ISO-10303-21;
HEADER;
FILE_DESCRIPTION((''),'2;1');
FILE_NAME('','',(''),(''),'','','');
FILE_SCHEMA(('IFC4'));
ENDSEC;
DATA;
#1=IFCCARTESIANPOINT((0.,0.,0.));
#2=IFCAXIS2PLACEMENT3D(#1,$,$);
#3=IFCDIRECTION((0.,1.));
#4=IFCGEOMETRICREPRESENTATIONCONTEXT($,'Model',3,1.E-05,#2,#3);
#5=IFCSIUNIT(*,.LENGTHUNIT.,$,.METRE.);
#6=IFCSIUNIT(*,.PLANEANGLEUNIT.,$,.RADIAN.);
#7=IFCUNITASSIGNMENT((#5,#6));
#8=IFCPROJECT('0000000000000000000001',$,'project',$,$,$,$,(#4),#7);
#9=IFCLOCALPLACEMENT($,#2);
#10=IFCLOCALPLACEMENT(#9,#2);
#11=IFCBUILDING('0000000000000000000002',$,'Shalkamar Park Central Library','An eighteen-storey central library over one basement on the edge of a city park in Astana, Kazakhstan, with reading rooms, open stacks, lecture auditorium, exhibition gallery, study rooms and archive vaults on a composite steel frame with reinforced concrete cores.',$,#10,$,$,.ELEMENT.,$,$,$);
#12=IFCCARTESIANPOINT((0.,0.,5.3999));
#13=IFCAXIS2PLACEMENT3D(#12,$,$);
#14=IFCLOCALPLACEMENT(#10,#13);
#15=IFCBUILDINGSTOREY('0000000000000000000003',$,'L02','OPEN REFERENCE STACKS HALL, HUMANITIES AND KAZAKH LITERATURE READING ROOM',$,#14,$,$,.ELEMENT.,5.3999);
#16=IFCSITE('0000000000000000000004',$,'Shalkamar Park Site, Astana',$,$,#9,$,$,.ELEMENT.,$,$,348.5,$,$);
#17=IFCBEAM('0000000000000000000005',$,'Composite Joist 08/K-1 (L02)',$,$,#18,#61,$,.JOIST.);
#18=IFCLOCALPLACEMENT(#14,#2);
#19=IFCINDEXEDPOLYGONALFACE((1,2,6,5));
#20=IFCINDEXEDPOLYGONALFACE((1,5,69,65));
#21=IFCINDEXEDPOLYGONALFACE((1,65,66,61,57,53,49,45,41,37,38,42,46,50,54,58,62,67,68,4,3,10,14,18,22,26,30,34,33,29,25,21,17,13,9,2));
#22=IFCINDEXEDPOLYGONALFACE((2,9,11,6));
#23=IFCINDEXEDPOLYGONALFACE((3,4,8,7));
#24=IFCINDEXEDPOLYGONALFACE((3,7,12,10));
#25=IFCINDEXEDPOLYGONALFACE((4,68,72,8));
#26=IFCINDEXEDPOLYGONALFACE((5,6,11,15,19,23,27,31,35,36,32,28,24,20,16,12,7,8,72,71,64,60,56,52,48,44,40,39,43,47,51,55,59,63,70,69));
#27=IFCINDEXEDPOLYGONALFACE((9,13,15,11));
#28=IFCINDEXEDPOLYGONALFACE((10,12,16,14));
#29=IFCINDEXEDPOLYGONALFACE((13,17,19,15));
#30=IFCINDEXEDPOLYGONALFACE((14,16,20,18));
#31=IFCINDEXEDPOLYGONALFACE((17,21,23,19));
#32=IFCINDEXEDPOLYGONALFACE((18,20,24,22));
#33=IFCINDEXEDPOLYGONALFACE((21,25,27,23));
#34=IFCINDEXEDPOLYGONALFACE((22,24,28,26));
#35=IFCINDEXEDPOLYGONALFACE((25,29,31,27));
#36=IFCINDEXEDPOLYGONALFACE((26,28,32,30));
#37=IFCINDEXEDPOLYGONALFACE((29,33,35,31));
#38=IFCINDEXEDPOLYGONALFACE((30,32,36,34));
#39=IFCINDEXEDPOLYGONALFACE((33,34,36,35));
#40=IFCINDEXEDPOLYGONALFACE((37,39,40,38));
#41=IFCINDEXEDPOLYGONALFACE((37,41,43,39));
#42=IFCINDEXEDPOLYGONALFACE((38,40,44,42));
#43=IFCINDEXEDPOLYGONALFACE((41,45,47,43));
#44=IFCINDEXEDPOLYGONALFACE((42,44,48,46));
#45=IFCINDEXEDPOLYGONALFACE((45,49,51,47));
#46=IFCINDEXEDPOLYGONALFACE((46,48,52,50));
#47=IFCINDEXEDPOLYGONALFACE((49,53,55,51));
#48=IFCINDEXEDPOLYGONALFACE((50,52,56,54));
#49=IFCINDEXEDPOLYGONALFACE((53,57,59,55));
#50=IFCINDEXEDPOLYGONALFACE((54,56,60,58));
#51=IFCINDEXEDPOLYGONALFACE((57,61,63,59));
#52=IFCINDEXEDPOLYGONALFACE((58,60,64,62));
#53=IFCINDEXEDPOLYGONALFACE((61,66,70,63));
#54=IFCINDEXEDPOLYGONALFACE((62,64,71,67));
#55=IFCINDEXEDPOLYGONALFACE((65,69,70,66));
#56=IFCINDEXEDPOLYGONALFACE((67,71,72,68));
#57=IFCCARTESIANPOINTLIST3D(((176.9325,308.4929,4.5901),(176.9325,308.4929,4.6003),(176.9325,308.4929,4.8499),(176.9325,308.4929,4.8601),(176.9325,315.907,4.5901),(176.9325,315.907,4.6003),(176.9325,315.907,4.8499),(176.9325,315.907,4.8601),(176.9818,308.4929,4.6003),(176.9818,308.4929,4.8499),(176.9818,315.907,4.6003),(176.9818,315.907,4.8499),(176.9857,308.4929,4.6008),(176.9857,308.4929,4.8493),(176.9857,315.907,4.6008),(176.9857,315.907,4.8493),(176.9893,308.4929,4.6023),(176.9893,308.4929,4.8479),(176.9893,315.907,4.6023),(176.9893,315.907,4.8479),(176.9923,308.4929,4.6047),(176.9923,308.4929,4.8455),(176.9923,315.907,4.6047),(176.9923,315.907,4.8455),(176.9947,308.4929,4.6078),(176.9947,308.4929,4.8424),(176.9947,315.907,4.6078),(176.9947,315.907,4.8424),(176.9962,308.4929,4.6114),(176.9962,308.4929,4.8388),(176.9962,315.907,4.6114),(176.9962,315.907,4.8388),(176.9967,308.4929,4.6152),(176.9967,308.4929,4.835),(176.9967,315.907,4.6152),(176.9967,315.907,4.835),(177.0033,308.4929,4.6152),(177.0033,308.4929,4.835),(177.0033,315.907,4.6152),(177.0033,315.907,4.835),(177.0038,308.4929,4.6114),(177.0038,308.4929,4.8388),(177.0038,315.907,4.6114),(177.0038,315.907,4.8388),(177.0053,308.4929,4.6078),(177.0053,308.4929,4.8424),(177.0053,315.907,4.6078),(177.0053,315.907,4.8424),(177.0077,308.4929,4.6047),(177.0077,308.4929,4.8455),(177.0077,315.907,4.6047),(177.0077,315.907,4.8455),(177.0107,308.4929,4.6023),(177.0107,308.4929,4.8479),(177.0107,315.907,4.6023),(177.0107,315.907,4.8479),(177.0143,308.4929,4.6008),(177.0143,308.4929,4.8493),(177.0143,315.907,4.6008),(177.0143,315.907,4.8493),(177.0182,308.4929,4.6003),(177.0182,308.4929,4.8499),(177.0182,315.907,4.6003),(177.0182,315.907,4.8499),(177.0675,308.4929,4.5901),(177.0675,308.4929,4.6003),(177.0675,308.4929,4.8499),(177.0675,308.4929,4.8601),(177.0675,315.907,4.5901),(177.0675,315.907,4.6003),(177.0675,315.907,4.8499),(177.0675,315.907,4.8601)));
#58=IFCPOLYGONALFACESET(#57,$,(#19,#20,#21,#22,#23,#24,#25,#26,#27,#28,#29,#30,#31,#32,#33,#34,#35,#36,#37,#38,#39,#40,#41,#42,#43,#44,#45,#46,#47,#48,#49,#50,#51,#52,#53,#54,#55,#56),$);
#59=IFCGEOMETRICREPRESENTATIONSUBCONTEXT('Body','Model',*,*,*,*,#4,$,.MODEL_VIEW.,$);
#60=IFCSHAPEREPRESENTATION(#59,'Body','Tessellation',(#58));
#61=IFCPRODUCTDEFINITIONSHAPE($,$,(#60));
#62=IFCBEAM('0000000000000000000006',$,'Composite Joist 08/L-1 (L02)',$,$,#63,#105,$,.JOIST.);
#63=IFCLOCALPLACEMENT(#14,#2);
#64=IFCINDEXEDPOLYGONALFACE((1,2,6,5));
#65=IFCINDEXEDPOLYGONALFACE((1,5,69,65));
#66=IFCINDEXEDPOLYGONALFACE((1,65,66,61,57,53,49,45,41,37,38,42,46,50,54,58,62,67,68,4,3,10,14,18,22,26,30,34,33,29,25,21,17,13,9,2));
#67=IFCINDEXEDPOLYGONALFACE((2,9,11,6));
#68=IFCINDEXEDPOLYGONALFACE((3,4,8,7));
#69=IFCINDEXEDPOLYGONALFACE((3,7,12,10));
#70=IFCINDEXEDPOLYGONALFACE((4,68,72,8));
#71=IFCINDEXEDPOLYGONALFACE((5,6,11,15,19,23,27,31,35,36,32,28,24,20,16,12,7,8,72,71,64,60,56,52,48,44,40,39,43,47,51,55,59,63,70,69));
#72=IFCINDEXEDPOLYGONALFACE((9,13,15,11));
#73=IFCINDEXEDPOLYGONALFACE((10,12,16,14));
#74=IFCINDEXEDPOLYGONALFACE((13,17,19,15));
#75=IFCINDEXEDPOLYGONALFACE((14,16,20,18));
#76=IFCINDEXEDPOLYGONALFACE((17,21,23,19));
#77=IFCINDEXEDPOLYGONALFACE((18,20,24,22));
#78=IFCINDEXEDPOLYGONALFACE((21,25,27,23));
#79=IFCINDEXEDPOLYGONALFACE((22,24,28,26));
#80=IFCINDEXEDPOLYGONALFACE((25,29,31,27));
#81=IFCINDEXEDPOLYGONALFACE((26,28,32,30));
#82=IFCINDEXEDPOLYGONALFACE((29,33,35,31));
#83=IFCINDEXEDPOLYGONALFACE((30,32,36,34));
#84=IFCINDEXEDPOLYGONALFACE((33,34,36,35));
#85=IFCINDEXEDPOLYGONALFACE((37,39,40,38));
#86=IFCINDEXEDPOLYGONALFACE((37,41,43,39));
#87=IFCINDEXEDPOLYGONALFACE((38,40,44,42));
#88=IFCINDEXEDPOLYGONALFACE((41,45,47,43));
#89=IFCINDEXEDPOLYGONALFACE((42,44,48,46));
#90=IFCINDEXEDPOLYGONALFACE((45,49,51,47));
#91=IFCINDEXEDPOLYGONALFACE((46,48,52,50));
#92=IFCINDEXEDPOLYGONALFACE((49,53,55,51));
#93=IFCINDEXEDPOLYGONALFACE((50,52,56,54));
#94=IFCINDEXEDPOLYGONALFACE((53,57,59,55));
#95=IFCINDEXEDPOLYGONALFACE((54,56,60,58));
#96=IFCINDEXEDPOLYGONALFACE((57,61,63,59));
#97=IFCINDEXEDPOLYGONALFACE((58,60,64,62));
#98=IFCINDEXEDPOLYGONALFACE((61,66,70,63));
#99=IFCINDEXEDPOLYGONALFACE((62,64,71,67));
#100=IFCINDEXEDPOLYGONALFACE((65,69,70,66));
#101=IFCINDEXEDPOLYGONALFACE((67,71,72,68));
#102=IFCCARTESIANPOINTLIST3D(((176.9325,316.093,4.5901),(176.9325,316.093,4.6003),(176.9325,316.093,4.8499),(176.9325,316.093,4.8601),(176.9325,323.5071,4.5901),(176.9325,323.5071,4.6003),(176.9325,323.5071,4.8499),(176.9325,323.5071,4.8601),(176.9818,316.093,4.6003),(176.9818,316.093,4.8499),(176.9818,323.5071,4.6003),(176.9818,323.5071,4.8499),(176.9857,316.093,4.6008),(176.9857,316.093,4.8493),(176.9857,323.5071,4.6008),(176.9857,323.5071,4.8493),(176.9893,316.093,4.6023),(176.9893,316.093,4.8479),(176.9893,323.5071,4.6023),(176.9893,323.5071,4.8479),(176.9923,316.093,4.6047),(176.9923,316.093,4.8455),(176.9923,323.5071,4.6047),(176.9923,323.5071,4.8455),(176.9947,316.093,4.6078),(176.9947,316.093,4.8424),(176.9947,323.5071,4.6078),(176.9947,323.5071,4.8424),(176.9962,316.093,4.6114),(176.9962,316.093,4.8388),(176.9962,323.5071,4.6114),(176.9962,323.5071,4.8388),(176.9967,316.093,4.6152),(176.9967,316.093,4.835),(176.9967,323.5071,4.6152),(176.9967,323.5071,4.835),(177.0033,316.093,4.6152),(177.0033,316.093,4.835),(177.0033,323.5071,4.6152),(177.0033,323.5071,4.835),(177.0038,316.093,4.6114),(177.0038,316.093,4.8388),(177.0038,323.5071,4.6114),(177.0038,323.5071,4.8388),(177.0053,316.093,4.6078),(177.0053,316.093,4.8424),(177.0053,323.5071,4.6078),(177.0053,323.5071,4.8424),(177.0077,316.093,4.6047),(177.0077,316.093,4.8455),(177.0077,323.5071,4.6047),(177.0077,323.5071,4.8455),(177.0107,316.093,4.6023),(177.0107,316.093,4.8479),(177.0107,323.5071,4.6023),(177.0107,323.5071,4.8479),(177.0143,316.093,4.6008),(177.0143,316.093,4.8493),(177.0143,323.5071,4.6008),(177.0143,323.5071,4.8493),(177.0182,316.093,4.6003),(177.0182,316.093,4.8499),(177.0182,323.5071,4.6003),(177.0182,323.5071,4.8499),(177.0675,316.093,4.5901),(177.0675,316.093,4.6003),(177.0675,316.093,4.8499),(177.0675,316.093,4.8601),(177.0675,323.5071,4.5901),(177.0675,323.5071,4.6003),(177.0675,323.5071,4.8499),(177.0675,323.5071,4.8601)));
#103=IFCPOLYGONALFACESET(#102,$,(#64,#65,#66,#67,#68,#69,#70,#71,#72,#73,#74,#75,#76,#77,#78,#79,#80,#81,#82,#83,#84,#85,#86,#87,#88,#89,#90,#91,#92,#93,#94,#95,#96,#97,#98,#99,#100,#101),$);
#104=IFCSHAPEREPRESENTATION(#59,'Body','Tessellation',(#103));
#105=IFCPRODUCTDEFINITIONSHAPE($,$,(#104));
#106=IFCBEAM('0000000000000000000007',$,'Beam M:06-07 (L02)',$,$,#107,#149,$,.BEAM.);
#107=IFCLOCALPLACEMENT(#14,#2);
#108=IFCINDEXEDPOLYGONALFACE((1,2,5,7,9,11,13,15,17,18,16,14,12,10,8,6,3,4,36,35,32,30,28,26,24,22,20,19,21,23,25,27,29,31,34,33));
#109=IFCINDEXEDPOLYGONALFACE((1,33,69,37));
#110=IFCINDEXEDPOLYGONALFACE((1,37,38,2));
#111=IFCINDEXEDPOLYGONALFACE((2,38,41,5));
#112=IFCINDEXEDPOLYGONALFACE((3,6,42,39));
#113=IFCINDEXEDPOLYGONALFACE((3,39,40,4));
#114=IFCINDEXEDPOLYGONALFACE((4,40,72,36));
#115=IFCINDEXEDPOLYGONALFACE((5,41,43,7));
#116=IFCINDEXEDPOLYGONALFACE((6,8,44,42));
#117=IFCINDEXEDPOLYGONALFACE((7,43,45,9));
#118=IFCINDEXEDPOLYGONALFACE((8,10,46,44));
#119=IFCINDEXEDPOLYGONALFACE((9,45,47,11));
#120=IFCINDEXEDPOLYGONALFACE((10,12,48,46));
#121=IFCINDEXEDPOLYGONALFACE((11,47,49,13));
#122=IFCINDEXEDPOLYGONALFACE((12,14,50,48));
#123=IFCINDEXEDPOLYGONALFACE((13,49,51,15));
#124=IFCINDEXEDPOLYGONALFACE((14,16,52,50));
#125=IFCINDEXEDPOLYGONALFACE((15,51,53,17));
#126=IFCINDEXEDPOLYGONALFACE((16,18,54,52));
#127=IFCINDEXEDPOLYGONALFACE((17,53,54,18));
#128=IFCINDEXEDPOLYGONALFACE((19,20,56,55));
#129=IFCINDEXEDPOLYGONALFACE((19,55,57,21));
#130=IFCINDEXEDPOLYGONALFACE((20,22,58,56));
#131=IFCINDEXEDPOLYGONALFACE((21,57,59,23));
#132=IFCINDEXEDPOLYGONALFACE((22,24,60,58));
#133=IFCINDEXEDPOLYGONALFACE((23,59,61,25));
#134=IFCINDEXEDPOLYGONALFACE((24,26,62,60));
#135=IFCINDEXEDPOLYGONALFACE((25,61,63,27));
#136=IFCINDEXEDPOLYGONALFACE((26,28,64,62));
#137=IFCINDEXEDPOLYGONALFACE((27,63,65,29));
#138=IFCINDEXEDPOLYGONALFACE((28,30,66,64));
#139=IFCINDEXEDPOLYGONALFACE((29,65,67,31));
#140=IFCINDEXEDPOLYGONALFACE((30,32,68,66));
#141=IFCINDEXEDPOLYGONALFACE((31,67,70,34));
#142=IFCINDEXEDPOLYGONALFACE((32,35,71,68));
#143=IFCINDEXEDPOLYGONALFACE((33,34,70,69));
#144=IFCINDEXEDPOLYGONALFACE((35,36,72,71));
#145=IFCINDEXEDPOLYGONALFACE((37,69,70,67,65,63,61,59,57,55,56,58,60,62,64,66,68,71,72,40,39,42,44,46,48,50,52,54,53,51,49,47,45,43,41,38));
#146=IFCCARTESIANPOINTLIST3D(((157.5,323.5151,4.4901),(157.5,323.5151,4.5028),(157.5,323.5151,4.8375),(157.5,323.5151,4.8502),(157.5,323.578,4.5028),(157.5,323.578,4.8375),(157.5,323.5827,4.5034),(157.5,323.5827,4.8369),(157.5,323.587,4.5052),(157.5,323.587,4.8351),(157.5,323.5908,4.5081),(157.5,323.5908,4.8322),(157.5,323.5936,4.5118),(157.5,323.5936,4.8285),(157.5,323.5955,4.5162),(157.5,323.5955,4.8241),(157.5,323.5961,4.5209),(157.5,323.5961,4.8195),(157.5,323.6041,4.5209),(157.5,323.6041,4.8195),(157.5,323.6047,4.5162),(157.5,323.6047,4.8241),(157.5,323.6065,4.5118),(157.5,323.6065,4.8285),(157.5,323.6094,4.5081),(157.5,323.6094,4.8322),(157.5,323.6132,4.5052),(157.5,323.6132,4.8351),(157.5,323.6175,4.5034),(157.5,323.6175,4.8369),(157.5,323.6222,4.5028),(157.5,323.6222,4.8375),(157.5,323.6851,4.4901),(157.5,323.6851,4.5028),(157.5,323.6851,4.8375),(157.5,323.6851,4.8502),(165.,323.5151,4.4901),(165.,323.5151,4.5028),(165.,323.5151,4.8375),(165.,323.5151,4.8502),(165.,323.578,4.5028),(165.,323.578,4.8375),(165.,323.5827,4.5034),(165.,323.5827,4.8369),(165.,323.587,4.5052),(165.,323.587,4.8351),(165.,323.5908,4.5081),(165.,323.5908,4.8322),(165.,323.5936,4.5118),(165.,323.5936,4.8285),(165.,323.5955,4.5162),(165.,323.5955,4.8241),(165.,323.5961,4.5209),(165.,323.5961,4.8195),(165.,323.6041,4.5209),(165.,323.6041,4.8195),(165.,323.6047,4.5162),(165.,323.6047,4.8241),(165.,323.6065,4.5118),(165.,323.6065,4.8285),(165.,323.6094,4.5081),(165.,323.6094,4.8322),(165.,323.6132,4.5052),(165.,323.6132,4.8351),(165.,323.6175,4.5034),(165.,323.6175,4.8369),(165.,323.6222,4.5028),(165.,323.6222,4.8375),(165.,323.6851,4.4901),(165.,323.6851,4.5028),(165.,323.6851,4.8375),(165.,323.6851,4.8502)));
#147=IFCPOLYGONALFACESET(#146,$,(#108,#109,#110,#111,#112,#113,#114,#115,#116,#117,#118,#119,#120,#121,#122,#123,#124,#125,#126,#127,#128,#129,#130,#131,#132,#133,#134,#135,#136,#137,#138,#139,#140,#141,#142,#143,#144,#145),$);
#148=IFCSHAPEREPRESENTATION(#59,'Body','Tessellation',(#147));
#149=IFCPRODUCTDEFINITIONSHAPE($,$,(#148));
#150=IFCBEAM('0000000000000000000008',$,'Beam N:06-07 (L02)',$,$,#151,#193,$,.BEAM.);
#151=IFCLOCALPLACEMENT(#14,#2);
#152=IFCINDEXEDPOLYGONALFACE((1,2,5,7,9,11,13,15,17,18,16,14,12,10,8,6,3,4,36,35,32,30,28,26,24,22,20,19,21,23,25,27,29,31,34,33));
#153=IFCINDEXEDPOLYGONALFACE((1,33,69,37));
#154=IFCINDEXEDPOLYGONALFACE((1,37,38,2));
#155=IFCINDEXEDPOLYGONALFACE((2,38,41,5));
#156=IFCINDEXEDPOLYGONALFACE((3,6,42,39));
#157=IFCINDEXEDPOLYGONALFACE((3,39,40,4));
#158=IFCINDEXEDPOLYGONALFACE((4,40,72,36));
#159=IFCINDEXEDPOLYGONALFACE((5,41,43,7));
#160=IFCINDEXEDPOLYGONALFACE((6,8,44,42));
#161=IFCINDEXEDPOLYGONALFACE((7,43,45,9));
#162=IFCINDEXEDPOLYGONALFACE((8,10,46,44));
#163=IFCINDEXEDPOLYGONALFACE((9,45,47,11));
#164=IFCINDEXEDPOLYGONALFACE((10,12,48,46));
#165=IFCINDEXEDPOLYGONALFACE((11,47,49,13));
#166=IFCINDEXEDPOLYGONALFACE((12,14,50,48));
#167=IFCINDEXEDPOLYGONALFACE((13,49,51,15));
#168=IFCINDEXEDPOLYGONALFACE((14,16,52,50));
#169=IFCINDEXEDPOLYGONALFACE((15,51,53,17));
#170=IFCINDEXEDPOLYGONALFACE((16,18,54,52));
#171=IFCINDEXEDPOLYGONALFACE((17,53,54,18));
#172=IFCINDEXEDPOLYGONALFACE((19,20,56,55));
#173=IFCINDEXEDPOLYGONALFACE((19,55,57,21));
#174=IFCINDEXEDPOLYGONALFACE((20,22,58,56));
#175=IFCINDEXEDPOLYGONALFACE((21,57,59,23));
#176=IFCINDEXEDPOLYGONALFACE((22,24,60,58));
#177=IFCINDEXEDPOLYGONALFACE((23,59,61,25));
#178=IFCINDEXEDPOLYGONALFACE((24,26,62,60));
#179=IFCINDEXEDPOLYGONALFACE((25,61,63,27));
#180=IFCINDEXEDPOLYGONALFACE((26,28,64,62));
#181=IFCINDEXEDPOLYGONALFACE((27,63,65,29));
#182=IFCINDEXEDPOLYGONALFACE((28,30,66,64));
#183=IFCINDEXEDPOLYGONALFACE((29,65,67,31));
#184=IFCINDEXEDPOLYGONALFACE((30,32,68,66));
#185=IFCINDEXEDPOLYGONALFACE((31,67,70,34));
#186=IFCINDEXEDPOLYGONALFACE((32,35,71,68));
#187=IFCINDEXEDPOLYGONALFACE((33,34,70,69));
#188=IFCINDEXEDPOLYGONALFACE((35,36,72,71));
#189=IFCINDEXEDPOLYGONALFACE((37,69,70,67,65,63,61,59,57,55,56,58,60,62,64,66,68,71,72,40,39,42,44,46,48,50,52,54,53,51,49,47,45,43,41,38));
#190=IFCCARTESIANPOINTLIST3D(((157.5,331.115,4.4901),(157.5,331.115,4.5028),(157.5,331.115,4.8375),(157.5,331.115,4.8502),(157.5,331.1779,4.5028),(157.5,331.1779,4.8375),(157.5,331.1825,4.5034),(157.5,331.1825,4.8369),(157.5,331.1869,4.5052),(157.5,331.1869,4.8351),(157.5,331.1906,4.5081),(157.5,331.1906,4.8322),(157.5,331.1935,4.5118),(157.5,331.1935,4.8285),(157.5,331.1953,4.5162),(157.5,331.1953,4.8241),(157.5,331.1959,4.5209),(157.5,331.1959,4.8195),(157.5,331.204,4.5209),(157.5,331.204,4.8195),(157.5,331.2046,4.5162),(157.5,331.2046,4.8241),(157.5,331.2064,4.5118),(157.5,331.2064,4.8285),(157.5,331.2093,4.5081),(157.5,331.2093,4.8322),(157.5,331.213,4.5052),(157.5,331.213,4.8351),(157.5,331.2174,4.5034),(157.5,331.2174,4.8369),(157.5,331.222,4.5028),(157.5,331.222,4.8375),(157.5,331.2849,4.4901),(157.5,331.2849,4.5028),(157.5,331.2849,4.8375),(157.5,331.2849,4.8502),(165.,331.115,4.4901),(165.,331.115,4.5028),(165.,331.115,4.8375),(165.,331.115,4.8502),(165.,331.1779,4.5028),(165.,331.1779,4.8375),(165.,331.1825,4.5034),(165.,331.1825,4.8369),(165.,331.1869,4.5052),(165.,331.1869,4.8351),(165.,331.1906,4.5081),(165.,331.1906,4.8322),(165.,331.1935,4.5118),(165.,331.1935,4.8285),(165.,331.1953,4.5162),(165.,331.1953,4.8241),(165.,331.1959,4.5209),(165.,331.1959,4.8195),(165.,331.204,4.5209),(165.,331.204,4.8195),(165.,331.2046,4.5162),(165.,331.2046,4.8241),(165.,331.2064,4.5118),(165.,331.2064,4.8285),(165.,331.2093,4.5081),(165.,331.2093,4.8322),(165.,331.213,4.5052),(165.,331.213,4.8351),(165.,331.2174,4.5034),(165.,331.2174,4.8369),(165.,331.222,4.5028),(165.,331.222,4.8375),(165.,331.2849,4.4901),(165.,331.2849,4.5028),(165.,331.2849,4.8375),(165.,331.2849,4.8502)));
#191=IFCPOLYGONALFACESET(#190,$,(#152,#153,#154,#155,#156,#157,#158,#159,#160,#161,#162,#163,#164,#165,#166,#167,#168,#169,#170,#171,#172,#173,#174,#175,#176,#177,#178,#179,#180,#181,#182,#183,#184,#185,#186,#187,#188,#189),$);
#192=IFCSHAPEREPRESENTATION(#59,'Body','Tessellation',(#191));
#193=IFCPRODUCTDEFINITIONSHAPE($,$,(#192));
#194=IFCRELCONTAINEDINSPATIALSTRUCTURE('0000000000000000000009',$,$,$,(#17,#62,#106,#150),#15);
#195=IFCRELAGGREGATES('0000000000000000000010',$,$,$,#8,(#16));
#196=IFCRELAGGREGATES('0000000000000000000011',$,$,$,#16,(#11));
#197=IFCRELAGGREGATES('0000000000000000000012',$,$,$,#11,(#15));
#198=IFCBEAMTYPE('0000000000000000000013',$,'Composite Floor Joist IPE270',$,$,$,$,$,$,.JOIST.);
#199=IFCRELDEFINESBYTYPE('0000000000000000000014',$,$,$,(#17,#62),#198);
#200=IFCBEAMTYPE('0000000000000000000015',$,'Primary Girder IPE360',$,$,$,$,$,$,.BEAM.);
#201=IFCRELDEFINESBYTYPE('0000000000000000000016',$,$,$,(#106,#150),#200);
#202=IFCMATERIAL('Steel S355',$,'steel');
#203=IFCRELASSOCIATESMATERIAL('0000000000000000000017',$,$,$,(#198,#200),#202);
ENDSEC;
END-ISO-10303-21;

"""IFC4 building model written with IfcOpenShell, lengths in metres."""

from ifc_helpers import new_model, si_unit, direction, frame, origin, origin_2d, place, context, subcontext, project, spatial, i_section, extrude, material, material_profile, profile_set, type_object, element, save


model = new_model("IFC4")

# Units and contexts
model_context = context("Model", 3, precision=1e-05, world=origin(), true_north=direction((0.0, 1.0)))
body_context = subcontext(model_context, "Body", "Model", "MODEL_VIEW")
ifc_project = project(units=[si_unit("LENGTHUNIT", "METRE"), si_unit("PLANEANGLEUNIT", "RADIAN")], contexts=[model_context])

# Site, building, storey
site_placement = place(None, origin())
site = spatial("IfcSite", under=ifc_project, at=site_placement, Name="Shalkamar Park Site, Astana", CompositionType="ELEMENT", RefElevation=348.5)
building_placement = place(site_placement, origin())
building = spatial("IfcBuilding", under=site, at=building_placement, Name="Shalkamar Park Central Library", Description="An eighteen-storey central library over one basement on the edge of a city park in Astana, Kazakhstan, with reading rooms, open stacks, lecture auditorium, exhibition gallery, study rooms and archive vaults on a composite steel frame with reinforced concrete cores.", CompositionType="ELEMENT")
storey_placement = place(building_placement, frame((0.0, 0.0, 5.3999)))
storey = spatial("IfcBuildingStorey", under=building, at=storey_placement, Name="L02", Description="OPEN REFERENCE STACKS HALL, HUMANITIES AND KAZAKH LITERATURE READING ROOM", CompositionType="ELEMENT", Elevation=5.3999)

# Shared definitions
ifc_material = material(Name="Steel S355", Category="steel")

# Beams
ifc_material_profile_1 = material_profile(ifc_material, i_section(OverallWidth=0.135, OverallDepth=0.27, WebThickness=0.0066, FlangeThickness=0.0103, FilletRadius=0.0149, at=origin_2d()), Name="IPE 270")
ifc_profile_set_1 = profile_set([ifc_material_profile_1], Name="Steel S355")
beam_type_1 = type_object("IfcBeamType", Name="Composite Floor Joist IPE270", PredefinedType="JOIST", material=ifc_profile_set_1)
for number, where, z_axis, x_axis, name in (
    (1, (177.0, 308.4929, 4.7251), (0.0, 1.0, 0.0), (-1.0, 0.0, 0.0), "Composite Joist 08/K-1 (L02)"),
    (2, (177.0, 316.093, 4.7251), (0.0, 1.0, 0.0), (-1.0, 0.0, 0.0), "Composite Joist 08/L-1 (L02)"),
):
    element("IfcBeam", number, at=place(storey_placement, frame(where, z_axis=z_axis, x_axis=x_axis)), inside=storey, type_object=beam_type_1, Name=name, PredefinedType="JOIST", context=body_context, shape_type="SweptSolid", body=[
        extrude(i_section(OverallWidth=0.135, OverallDepth=0.27, WebThickness=0.0066, FlangeThickness=0.0103, FilletRadius=0.0149, at=origin_2d()), origin(), (0.0, 0.0, 1.0), 7.4141),
    ])
ifc_material_profile_2 = material_profile(ifc_material, i_section(OverallWidth=0.1699, OverallDepth=0.3601, WebThickness=0.0081, FlangeThickness=0.0127, FilletRadius=0.0181, at=origin_2d()), Name="IPE 360")
ifc_profile_set_2 = profile_set([ifc_material_profile_2], Name="Steel S355")
beam_type_2 = type_object("IfcBeamType", Name="Primary Girder IPE360", PredefinedType="BEAM", material=ifc_profile_set_2)
for number, where, z_axis, x_axis, name in (
    (3, (157.5, 323.6001, 4.6702), (1.0, 0.0, 0.0), (0.0, 1.0, 0.0), "Beam M:06-07 (L02)"),
    (4, (157.5, 331.2, 4.6702), (1.0, 0.0, 0.0), (0.0, 1.0, 0.0), "Beam N:06-07 (L02)"),
):
    element("IfcBeam", number, at=place(storey_placement, frame(where, z_axis=z_axis, x_axis=x_axis)), inside=storey, type_object=beam_type_2, Name=name, PredefinedType="BEAM", context=body_context, shape_type="SweptSolid", body=[
        extrude(i_section(OverallWidth=0.1699, OverallDepth=0.3601, WebThickness=0.0081, FlangeThickness=0.0127, FilletRadius=0.0181, at=origin_2d()), origin(), (0.0, 0.0, 1.0), 7.5),
    ])

save(model, "model.ifc")
